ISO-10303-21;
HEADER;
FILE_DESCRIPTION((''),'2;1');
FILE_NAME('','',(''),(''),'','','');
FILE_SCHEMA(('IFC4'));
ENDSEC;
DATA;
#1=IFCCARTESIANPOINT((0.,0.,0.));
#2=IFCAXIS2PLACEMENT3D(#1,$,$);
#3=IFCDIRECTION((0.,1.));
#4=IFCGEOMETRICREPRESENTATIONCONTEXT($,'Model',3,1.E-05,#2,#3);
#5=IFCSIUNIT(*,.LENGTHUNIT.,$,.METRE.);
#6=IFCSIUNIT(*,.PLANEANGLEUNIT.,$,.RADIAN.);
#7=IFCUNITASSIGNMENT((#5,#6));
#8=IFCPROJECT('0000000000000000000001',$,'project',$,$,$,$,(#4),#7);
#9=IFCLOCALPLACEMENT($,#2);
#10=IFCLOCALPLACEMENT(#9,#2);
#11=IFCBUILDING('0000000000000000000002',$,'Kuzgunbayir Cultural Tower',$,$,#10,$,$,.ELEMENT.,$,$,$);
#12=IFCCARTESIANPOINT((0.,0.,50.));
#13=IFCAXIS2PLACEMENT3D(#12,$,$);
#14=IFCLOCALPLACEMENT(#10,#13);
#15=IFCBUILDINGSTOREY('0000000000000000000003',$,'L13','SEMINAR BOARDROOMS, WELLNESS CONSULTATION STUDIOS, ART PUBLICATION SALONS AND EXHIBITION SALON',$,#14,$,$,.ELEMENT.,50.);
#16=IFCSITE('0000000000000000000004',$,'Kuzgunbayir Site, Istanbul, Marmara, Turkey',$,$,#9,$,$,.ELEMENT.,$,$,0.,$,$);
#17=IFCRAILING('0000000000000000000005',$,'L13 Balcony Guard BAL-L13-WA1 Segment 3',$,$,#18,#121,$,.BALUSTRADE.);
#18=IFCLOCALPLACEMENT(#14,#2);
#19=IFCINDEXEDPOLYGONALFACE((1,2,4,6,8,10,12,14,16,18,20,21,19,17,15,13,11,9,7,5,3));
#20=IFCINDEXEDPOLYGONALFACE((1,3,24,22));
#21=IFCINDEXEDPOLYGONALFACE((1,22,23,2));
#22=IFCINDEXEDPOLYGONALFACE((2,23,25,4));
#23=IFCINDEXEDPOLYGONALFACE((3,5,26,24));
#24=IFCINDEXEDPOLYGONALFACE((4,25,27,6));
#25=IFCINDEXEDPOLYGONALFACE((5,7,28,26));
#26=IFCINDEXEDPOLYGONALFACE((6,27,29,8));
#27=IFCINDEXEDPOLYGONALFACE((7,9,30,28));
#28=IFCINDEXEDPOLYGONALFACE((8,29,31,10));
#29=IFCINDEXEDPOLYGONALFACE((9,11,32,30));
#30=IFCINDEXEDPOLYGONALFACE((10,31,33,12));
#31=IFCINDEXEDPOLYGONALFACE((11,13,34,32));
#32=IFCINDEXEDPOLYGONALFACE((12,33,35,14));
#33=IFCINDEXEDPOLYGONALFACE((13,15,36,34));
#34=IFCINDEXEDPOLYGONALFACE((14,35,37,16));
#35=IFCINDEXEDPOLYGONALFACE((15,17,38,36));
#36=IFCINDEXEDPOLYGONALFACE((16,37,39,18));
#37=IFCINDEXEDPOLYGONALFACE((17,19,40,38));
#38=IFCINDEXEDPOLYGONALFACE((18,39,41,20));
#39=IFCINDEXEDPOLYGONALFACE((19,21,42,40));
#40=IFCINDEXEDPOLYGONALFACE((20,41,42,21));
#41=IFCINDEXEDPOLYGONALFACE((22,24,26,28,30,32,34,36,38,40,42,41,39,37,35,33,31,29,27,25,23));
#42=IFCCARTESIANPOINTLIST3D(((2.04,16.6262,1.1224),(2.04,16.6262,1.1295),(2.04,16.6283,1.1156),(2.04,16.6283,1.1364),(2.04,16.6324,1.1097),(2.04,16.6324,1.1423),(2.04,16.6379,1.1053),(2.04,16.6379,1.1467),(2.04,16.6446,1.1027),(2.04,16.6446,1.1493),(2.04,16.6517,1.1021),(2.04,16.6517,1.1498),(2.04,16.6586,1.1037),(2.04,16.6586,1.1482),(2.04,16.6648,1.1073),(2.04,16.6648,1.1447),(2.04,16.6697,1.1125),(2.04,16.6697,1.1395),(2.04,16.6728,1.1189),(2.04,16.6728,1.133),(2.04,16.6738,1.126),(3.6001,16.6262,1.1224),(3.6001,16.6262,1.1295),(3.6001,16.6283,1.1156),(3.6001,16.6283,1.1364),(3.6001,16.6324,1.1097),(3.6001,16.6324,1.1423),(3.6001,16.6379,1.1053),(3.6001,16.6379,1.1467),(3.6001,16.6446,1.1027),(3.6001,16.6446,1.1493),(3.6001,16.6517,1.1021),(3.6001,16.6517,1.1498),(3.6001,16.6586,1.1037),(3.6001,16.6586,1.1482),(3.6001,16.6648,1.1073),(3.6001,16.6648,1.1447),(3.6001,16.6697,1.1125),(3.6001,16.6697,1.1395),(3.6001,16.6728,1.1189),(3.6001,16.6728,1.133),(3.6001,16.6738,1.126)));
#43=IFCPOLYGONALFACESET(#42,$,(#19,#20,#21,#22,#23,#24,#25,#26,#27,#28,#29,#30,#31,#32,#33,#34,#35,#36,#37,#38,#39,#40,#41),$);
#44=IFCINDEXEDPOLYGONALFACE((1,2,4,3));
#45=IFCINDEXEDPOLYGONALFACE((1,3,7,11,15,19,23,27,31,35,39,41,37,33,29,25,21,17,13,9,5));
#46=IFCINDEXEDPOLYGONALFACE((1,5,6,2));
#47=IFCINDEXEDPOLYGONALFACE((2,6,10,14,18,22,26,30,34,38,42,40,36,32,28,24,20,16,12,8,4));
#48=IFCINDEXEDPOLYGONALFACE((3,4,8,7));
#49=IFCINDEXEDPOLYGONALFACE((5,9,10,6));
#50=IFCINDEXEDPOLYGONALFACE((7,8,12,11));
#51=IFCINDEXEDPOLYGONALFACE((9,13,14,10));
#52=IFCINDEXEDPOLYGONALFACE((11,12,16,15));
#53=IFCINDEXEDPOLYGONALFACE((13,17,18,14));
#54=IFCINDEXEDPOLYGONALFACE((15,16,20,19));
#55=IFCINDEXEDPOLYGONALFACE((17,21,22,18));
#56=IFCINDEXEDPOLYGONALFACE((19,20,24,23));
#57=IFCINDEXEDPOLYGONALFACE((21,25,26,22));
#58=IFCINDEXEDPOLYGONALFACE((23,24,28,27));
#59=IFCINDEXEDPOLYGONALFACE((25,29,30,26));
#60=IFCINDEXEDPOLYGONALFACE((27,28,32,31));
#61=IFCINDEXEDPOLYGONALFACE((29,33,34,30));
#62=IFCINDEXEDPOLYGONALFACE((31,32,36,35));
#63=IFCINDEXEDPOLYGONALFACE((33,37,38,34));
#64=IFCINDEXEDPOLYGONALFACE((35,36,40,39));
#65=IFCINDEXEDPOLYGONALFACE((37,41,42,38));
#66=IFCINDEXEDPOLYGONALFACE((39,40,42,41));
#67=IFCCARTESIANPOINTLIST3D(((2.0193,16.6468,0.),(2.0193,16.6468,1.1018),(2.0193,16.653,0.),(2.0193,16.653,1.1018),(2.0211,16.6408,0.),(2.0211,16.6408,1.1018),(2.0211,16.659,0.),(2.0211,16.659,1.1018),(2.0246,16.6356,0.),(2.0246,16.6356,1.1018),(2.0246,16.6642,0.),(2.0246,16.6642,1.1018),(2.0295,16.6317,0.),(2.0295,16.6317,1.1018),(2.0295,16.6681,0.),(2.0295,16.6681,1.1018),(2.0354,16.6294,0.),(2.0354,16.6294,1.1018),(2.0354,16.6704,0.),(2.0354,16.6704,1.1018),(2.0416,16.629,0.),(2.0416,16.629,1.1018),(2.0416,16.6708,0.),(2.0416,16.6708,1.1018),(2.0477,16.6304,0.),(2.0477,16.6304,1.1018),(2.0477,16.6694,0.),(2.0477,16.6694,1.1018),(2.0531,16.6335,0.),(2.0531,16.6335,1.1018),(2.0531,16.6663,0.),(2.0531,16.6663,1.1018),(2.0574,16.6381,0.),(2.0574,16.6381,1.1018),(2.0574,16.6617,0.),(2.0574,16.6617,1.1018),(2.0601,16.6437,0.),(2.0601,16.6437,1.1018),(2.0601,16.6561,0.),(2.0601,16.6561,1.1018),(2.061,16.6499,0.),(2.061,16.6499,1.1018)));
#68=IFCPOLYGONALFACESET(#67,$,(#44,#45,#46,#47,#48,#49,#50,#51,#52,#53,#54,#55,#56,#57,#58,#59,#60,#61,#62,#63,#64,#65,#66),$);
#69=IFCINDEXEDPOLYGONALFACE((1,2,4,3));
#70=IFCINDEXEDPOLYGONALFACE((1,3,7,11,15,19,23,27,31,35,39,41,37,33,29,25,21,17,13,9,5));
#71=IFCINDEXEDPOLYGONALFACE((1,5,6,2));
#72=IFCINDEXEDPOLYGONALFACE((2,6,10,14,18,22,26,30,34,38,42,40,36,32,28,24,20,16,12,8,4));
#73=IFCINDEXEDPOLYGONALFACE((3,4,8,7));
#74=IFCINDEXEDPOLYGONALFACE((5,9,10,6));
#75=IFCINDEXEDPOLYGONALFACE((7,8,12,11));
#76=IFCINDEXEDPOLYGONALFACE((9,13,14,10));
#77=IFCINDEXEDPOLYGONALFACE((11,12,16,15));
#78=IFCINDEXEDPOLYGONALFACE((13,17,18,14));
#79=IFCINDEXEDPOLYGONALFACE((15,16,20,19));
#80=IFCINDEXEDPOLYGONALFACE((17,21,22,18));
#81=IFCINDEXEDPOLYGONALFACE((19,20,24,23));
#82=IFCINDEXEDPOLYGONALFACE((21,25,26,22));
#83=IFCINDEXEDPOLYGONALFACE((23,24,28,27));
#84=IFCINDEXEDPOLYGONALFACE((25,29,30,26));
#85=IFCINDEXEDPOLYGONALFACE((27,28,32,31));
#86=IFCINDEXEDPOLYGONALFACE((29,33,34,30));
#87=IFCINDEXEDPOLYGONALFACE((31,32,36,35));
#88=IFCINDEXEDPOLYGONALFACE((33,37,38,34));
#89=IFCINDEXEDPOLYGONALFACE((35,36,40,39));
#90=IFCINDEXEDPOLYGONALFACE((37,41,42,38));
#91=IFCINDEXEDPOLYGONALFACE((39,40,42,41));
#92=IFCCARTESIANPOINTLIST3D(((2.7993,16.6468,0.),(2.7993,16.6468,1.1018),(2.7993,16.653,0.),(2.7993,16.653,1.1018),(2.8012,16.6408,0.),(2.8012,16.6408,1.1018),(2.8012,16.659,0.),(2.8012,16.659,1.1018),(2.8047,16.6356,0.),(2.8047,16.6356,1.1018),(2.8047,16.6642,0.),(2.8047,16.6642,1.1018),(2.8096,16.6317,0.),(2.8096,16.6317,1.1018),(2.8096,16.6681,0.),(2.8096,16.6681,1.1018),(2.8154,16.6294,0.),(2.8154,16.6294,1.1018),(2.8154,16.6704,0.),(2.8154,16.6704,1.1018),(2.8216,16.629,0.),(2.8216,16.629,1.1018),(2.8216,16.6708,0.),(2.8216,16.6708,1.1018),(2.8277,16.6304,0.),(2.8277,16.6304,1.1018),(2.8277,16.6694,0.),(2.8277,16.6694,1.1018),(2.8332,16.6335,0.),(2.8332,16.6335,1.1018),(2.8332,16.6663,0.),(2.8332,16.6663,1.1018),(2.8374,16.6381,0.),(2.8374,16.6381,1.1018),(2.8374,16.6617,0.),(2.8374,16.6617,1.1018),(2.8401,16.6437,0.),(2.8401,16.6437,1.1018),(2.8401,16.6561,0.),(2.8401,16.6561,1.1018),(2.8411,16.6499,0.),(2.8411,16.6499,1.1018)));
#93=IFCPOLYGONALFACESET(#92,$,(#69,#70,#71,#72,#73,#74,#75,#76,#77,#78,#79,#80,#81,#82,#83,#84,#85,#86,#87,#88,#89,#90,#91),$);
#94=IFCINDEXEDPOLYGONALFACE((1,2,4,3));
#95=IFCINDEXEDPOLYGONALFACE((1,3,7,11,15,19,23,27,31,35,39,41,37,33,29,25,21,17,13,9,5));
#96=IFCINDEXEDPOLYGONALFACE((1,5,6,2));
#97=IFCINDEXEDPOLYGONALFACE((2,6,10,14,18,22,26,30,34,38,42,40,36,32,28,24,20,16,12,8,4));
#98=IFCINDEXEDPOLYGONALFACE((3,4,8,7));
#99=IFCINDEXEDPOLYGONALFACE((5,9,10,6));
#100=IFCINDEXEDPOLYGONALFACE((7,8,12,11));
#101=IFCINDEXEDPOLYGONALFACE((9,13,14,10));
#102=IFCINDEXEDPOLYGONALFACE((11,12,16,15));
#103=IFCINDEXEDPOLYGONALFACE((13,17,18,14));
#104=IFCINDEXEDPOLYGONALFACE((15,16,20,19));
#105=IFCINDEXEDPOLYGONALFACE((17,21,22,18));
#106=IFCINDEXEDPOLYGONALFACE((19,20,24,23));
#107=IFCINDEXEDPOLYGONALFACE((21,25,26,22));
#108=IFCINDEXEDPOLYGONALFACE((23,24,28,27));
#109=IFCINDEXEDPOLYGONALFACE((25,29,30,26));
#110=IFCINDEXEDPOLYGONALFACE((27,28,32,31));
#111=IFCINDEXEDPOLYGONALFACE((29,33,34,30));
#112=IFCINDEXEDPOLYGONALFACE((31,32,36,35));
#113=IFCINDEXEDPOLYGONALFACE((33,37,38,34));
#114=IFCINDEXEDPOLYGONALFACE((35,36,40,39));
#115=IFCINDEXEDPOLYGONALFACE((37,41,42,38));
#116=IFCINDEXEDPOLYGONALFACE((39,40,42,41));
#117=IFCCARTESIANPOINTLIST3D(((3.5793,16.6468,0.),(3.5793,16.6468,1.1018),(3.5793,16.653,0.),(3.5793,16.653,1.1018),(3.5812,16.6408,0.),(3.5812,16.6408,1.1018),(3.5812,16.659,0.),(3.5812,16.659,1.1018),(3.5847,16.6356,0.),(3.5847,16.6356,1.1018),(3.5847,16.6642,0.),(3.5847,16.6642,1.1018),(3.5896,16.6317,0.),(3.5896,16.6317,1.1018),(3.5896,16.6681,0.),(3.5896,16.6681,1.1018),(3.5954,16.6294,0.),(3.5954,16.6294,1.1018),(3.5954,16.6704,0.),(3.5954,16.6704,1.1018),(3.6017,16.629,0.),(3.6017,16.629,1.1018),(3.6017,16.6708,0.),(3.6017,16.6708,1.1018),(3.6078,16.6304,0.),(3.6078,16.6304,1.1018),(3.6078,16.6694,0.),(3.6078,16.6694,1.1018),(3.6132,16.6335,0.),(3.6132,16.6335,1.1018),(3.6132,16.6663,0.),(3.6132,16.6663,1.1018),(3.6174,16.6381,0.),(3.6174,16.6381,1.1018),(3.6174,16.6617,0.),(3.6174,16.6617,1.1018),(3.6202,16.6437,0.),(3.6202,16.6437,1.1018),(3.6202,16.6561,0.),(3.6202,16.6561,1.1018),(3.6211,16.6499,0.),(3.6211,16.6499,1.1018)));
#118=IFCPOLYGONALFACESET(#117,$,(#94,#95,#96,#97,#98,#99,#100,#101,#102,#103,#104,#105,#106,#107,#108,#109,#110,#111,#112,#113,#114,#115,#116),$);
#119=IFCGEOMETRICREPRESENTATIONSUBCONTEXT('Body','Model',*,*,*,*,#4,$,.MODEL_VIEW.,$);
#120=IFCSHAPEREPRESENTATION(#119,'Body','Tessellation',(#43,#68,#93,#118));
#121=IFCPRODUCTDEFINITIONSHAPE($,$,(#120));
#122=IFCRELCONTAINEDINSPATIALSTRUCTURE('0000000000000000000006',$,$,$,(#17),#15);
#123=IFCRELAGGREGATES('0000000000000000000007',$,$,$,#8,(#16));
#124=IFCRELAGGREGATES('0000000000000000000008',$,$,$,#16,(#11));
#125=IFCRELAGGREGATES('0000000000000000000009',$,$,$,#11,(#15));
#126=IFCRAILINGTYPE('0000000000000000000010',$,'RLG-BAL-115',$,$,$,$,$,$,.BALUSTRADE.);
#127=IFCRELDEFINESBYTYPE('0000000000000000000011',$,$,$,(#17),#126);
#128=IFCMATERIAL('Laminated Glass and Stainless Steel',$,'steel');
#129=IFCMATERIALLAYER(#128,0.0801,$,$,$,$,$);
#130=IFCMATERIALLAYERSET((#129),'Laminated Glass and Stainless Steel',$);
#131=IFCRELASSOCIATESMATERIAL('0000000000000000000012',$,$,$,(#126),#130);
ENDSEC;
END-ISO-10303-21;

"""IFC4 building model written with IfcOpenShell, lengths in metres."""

from ifc_helpers import new_model, si_unit, direction, frame, origin, origin_2d, place, context, subcontext, project, spatial, circle, extrude, material, layer, layer_set, type_object, element, save


model = new_model("IFC4")

# Units and contexts
model_context = context("Model", 3, precision=1e-05, world=origin(), true_north=direction((0.0, 1.0)))
body_context = subcontext(model_context, "Body", "Model", "MODEL_VIEW")
ifc_project = project(units=[si_unit("LENGTHUNIT", "METRE"), si_unit("PLANEANGLEUNIT", "RADIAN")], contexts=[model_context])

# Site, building, storey
site_placement = place(None, origin())
site = spatial("IfcSite", under=ifc_project, at=site_placement, Name="Kuzgunbayir Site, Istanbul, Marmara, Turkey", CompositionType="ELEMENT", RefElevation=0.0)
building_placement = place(site_placement, origin())
building = spatial("IfcBuilding", under=site, at=building_placement, Name="Kuzgunbayir Cultural Tower", CompositionType="ELEMENT")
storey_placement = place(building_placement, frame((0.0, 0.0, 50.0)))
storey = spatial("IfcBuildingStorey", under=building, at=storey_placement, Name="L13", Description="SEMINAR BOARDROOMS, WELLNESS CONSULTATION STUDIOS, ART PUBLICATION SALONS AND EXHIBITION SALON", CompositionType="ELEMENT", Elevation=50.0)

# Railing
ifc_material_1 = material(Name="Laminated Glass and Stainless Steel", Category="steel")
ifc_layer_1 = layer(ifc_material_1, 0.0801)
ifc_layer_set_1 = layer_set([ifc_layer_1], Name="Laminated Glass and Stainless Steel")
railing_type = type_object("IfcRailingType", Name="RLG-BAL-115", PredefinedType="BALUSTRADE", material=ifc_layer_set_1)
railing_1_placement = place(storey_placement, frame((2.04, 16.6499, 0.0)))
element("IfcRailing", 1, at=railing_1_placement, inside=storey, type_object=railing_type, Name="L13 Balcony Guard BAL-L13-WA1 Segment 3", PredefinedType="BALUSTRADE", context=body_context, shape_type="SweptSolid", body=[
    extrude(circle(Radius=0.0239, at=origin_2d()), frame((0.0, 0.0, 1.126), z_axis=(1.0, 0.0, 0.0), x_axis=(0.0, 1.0, 0.0)), (0.0, 0.0, 1.0), 1.5601),
    extrude(circle(Radius=0.021, at=origin_2d()), origin(), (0.0, 0.0, 1.0), 1.1018),
    extrude(circle(Radius=0.021, at=origin_2d()), frame((0.78, 0.0, 0.0)), (0.0, 0.0, 1.0), 1.1018),
    extrude(circle(Radius=0.021, at=origin_2d()), frame((1.5601, 0.0, 0.0)), (0.0, 0.0, 1.0), 1.1018),
])

save(model, "model.ifc")
